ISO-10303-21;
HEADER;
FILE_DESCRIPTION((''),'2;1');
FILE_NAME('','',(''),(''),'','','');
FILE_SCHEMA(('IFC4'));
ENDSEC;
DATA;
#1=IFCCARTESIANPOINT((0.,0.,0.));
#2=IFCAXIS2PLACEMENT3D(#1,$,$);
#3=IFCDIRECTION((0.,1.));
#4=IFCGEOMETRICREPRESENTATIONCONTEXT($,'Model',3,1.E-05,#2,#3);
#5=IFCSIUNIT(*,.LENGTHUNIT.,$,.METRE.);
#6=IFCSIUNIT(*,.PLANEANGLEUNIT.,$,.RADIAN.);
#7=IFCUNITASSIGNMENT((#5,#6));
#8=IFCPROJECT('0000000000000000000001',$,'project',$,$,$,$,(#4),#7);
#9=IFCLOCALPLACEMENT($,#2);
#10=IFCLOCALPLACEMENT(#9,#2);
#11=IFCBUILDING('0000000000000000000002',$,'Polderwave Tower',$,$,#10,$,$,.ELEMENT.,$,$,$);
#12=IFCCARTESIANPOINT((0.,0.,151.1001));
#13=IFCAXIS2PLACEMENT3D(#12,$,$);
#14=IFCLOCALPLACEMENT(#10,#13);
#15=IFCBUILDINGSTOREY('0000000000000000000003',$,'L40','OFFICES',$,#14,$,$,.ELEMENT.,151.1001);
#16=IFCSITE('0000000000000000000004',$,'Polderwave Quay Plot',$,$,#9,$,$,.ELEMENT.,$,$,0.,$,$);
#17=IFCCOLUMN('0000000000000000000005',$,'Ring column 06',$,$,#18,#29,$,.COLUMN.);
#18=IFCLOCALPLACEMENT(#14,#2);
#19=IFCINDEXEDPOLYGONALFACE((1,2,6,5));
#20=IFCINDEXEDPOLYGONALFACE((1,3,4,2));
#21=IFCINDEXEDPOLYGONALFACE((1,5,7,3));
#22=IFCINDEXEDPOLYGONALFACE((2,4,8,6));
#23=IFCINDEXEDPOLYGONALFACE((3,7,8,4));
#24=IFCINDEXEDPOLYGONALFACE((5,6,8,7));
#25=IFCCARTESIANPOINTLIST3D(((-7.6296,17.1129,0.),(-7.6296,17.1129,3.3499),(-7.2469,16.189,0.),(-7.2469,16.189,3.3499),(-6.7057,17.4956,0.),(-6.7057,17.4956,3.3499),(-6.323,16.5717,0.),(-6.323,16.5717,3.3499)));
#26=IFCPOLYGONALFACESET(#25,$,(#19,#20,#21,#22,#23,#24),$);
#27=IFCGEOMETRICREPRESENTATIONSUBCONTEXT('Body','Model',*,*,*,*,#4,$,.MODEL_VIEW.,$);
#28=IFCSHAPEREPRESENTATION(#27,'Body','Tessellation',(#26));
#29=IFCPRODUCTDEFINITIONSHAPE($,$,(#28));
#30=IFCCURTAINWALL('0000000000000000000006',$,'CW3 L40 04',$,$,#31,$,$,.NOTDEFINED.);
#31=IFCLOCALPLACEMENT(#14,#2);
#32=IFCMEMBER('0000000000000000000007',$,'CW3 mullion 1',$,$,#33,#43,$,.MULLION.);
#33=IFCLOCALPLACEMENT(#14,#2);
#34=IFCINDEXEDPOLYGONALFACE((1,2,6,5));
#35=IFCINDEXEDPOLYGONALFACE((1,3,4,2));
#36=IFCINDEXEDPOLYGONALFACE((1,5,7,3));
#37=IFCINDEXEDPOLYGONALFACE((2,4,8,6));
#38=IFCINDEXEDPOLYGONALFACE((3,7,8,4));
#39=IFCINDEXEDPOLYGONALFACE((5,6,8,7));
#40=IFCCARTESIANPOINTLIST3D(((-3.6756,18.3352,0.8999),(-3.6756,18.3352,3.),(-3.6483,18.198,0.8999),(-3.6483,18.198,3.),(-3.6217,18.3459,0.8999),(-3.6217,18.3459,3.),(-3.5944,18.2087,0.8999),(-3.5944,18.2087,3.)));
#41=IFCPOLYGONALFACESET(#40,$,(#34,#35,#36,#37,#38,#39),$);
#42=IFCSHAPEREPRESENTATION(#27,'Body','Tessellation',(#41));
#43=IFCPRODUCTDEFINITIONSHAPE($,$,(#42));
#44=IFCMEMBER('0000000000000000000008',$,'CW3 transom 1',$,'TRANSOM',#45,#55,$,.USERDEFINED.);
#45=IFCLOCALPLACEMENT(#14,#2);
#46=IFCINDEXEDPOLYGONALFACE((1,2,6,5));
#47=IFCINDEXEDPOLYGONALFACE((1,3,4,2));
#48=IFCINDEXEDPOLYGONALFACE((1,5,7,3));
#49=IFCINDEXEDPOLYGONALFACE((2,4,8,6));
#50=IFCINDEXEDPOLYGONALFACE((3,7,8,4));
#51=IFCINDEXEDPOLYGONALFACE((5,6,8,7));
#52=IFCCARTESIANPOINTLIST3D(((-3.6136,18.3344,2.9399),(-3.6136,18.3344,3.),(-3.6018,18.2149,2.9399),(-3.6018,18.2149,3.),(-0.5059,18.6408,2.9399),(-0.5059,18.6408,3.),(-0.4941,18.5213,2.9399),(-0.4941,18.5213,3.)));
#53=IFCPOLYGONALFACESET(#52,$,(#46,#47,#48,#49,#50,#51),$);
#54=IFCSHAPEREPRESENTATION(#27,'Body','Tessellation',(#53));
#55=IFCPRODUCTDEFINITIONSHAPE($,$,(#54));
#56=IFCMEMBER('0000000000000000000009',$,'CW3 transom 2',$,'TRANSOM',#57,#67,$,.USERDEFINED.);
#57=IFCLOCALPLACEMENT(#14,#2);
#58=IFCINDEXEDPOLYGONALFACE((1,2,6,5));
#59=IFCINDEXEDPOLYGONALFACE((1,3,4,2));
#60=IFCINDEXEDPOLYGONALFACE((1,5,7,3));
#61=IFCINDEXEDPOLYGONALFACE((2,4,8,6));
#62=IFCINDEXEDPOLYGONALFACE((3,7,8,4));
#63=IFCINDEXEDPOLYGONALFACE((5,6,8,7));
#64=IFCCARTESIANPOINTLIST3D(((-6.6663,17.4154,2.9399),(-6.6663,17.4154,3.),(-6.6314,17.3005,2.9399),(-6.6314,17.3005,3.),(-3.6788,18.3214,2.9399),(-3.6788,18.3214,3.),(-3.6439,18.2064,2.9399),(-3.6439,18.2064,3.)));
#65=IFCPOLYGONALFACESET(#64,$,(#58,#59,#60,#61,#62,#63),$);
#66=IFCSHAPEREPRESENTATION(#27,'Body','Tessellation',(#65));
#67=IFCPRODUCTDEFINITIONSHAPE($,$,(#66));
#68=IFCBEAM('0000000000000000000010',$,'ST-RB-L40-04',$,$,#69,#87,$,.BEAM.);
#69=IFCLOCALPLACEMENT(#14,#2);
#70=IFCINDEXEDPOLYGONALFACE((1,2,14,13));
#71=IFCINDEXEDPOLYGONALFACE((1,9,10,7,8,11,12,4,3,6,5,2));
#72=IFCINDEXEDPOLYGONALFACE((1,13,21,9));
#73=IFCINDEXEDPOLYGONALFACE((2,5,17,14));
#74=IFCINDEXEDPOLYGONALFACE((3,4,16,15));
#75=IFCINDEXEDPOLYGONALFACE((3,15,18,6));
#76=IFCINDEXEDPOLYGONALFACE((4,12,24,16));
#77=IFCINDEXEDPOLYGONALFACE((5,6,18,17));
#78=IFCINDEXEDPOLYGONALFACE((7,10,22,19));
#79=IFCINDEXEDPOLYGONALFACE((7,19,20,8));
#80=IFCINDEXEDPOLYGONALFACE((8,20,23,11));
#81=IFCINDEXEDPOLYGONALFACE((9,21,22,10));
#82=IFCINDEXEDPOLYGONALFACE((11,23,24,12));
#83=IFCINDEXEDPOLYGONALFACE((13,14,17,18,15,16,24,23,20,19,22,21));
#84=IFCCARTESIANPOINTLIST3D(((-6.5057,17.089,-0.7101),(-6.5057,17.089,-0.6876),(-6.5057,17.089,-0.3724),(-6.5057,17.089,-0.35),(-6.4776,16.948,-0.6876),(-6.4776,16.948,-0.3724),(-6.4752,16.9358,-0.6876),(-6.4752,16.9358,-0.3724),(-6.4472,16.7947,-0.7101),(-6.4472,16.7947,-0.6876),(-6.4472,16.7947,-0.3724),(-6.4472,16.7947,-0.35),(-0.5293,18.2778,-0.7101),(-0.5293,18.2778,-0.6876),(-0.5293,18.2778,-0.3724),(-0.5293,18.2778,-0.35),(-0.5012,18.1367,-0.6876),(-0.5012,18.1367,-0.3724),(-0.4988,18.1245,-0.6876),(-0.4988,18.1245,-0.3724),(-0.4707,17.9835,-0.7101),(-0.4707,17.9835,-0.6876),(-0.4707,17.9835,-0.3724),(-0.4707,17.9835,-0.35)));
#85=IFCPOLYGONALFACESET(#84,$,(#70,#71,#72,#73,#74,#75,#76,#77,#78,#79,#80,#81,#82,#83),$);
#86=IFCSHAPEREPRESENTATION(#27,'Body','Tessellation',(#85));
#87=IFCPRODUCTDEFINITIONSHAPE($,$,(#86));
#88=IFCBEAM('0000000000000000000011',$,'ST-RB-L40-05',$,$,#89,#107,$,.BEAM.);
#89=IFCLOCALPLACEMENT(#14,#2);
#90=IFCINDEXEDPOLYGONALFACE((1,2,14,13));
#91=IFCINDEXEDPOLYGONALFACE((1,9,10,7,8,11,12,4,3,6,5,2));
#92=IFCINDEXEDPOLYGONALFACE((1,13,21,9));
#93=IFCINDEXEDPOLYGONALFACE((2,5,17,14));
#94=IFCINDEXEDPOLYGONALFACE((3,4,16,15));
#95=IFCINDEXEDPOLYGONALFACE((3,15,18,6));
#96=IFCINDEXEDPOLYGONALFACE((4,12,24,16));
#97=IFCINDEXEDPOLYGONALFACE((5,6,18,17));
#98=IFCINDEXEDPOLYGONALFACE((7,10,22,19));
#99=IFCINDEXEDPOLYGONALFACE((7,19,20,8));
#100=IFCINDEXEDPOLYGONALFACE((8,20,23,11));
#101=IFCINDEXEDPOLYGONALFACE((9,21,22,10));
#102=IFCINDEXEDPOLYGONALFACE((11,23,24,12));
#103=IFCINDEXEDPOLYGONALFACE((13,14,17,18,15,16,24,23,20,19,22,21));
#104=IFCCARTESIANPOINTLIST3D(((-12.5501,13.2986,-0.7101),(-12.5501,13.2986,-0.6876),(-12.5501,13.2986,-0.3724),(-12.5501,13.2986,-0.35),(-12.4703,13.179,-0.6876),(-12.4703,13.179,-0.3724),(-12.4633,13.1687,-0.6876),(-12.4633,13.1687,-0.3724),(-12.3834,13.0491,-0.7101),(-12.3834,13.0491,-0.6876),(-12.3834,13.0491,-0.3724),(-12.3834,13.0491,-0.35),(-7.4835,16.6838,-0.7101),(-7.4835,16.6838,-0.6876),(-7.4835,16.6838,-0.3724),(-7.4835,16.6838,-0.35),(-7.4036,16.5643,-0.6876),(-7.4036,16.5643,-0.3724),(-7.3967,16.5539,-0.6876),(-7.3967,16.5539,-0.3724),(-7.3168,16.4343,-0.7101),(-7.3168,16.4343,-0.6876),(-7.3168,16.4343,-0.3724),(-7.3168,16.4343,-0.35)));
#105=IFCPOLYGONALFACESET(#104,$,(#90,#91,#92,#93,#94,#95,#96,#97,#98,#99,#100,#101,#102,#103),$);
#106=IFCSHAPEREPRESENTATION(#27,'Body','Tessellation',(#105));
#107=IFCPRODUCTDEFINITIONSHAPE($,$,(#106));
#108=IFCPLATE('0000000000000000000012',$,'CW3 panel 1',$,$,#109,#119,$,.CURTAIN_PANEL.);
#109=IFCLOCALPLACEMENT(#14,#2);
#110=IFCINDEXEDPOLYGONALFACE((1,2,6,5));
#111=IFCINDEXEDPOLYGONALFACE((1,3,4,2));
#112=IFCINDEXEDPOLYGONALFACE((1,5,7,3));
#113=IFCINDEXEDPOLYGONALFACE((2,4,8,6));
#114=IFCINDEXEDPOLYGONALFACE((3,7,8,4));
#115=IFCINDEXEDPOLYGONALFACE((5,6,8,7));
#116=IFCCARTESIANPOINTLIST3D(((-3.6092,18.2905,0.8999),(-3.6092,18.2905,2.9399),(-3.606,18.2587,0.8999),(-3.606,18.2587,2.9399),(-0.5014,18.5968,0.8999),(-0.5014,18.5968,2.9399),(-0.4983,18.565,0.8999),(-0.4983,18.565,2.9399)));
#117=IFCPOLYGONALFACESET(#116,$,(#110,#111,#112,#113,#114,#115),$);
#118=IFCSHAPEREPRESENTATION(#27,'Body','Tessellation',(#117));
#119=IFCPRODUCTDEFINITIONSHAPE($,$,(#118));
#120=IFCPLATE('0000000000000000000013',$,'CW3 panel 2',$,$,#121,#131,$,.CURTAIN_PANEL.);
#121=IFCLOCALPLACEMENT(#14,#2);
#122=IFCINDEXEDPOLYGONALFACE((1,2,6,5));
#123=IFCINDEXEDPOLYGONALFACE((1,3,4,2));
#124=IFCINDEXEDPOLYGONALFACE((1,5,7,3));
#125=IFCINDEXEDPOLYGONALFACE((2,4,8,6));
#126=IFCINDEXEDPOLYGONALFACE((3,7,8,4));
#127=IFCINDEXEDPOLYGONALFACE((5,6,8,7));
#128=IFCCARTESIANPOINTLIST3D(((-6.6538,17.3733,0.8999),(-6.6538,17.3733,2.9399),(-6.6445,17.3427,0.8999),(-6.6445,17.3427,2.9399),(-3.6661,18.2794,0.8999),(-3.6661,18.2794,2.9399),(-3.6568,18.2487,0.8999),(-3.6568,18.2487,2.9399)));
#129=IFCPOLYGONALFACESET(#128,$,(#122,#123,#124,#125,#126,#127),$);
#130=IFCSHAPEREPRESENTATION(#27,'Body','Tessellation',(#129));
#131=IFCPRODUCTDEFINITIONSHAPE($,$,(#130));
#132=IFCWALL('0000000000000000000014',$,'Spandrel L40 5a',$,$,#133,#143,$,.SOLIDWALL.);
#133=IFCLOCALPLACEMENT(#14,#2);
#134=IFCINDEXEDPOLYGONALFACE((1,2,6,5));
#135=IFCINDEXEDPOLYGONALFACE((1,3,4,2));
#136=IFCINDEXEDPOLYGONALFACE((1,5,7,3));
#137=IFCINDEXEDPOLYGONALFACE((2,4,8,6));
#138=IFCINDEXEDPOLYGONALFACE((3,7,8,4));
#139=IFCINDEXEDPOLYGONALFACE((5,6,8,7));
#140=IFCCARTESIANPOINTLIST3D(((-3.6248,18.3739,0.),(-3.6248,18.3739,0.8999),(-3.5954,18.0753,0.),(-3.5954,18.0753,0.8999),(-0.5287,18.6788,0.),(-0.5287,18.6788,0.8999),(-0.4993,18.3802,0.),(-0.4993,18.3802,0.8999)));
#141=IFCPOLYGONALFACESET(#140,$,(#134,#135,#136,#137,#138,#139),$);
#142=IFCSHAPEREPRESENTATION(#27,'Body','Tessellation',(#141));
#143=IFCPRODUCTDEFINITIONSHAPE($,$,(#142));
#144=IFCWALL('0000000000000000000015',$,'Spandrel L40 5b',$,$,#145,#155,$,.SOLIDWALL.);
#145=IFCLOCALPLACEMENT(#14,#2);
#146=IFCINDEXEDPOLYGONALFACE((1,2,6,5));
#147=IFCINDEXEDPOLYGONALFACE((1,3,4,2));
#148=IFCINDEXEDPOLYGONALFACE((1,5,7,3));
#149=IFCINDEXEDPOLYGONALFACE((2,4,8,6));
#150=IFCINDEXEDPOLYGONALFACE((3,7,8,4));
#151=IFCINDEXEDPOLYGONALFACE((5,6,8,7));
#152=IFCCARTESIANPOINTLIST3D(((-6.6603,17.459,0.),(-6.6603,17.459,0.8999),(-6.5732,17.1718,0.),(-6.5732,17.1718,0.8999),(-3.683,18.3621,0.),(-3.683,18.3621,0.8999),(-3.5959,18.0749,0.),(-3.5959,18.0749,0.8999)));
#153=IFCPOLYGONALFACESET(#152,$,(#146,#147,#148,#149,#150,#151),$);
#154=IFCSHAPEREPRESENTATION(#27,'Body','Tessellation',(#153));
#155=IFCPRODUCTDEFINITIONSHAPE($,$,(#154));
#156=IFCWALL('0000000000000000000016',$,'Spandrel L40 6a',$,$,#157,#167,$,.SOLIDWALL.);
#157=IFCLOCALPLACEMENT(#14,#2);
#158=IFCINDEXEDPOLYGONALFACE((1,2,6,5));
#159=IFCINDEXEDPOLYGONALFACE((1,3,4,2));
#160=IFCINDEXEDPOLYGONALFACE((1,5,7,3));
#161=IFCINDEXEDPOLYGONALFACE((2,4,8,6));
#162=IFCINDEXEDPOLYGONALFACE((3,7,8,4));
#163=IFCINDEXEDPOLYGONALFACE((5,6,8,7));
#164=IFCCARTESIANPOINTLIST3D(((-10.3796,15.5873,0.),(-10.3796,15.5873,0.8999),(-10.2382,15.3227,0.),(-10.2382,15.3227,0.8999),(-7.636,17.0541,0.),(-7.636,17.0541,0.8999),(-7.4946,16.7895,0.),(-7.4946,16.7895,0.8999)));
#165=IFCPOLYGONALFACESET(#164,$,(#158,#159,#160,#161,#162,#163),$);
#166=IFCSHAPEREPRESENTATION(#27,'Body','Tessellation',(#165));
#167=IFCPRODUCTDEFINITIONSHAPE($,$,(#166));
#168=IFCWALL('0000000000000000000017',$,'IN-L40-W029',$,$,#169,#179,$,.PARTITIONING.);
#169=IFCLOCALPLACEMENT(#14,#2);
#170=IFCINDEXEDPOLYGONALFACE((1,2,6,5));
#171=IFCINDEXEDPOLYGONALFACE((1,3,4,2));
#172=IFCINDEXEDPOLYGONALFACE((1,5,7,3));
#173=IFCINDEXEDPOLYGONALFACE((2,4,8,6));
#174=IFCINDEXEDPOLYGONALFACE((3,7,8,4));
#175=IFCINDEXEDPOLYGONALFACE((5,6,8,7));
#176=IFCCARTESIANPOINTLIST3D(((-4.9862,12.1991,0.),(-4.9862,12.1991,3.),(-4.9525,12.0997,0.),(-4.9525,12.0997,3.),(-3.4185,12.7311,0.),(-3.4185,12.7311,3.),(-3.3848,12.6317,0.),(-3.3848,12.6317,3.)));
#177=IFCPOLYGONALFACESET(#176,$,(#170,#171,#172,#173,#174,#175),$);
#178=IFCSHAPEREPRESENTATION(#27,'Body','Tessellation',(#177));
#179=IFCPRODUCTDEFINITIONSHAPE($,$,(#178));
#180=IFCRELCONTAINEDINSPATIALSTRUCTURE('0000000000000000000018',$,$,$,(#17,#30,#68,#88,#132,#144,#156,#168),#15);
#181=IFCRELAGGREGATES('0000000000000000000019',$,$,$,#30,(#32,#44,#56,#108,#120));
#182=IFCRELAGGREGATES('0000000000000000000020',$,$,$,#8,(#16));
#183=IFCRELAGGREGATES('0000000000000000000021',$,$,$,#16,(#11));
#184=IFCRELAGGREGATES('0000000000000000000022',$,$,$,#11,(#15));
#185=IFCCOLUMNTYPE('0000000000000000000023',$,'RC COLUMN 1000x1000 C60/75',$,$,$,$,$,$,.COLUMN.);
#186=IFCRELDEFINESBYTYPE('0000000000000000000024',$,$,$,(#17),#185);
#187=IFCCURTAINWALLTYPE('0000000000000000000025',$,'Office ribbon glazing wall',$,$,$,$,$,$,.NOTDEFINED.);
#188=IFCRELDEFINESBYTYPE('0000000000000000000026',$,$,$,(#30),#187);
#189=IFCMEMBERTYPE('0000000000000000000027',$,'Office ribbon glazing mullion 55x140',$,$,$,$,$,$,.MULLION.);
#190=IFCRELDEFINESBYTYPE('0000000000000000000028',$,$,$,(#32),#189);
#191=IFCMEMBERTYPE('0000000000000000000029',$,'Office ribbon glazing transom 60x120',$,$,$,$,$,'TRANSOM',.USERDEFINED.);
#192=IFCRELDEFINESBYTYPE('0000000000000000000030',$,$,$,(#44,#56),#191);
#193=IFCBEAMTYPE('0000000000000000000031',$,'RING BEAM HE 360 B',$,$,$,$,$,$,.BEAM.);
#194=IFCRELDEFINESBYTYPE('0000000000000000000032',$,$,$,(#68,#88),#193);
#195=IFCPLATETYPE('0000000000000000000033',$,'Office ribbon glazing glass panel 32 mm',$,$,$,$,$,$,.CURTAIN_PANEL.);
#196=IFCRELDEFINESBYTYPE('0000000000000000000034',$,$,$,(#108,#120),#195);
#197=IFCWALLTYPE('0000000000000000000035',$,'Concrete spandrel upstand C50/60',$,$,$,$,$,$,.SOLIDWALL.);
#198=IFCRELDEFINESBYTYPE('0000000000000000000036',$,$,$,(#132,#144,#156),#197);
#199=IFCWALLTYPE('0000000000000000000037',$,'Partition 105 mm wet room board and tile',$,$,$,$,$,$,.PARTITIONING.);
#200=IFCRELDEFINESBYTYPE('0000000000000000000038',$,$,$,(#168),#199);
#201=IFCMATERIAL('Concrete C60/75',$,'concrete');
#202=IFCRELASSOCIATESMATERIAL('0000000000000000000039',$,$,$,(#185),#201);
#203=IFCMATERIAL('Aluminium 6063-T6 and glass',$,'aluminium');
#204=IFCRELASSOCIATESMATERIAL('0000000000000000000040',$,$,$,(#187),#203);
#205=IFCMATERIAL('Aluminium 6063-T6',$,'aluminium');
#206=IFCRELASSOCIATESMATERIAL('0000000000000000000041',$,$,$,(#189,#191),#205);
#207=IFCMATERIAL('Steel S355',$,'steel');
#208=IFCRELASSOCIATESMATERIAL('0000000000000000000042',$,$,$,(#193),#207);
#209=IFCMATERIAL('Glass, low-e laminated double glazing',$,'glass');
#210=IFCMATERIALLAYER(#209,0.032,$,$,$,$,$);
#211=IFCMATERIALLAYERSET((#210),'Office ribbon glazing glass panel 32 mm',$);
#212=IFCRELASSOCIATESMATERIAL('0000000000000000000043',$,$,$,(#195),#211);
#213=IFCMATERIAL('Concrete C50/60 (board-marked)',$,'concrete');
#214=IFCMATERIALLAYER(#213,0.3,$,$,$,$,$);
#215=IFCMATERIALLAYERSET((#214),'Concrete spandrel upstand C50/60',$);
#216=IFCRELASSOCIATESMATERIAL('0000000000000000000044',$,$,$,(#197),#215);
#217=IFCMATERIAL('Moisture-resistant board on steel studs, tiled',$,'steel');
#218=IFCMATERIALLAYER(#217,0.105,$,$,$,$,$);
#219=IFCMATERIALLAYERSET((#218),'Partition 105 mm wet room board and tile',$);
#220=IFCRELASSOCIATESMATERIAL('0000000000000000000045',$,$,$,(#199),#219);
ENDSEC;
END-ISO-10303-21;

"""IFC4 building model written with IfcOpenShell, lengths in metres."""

from ifc_helpers import new_model, si_unit, direction, frame, frame_2d, origin, origin_2d, place, context, subcontext, project, spatial, rectangle, i_section, extrude, material, layer, layer_set, material_profile, profile_set, type_object, element, aggregate, save


model = new_model("IFC4")

# Units and contexts
model_context = context("Model", 3, precision=1e-05, world=origin(), true_north=direction((0.0, 1.0)))
body_context = subcontext(model_context, "Body", "Model", "MODEL_VIEW")
ifc_project = project(units=[si_unit("LENGTHUNIT", "METRE"), si_unit("PLANEANGLEUNIT", "RADIAN")], contexts=[model_context])

# Site, building, storey
site_placement = place(None, origin())
site = spatial("IfcSite", under=ifc_project, at=site_placement, Name="Polderwave Quay Plot", CompositionType="ELEMENT", RefElevation=0.0)
building_placement = place(site_placement, origin())
building = spatial("IfcBuilding", under=site, at=building_placement, Name="Polderwave Tower", CompositionType="ELEMENT")
storey_placement = place(building_placement, frame((0.0, 0.0, 151.1001)))
storey = spatial("IfcBuildingStorey", under=building, at=storey_placement, Name="L40", Description="OFFICES", CompositionType="ELEMENT", Elevation=151.1001)

# Column
ifc_material_1 = material(Name="Concrete C60/75", Category="concrete")
ifc_material_profile_1 = material_profile(ifc_material_1, rectangle(XDim=1.0, YDim=1.0, at=origin_2d()), Name="RC 1000x1000")
ifc_profile_set_1 = profile_set([ifc_material_profile_1], Name="Concrete C60/75")
column_type = type_object("IfcColumnType", Name="RC COLUMN 1000x1000 C60/75", PredefinedType="COLUMN", material=ifc_profile_set_1)
column_placement = place(storey_placement, frame((-6.9763, 16.8423, 0.0), z_axis=(0.0, 0.0, 1.0), x_axis=(-0.382683, 0.92388, 0.0)))
element("IfcColumn", 1, at=column_placement, inside=storey, type_object=column_type, Name="Ring column 06", PredefinedType="COLUMN", context=body_context, shape_type="SweptSolid", body=[
    extrude(rectangle(XDim=1.0, YDim=1.0, at=origin_2d()), origin(), (0.0, 0.0, 1.0), 3.3499),
])

# Curtain wall, members
ifc_material_2 = material(Name="Aluminium 6063-T6 and glass", Category="aluminium")
curtain_wall_type = type_object("IfcCurtainWallType", Name="Office ribbon glazing wall", PredefinedType="NOTDEFINED", material=ifc_material_2)
curtain_wall_placement = place(storey_placement, origin())
curtain_wall = element("IfcCurtainWall", 2, at=curtain_wall_placement, inside=storey, type_object=curtain_wall_type, Name="CW3 L40 04", PredefinedType="NOTDEFINED")
ifc_material_3 = material(Name="Aluminium 6063-T6", Category="aluminium")
ifc_material_profile_2 = material_profile(ifc_material_3, rectangle(XDim=0.1399, YDim=0.0549, at=origin_2d()), Name="AL 55x140")
ifc_profile_set_2 = profile_set([ifc_material_profile_2], Name="Aluminium 6063-T6")
member_type_1 = type_object("IfcMemberType", Name="Office ribbon glazing mullion 55x140", PredefinedType="MULLION", material=ifc_profile_set_2)
member_1_placement = place(storey_placement, frame((-3.635, 18.272, 0.8999), z_axis=(0.0, 0.0, 1.0), x_axis=(0.195083, -0.980787, 0.0)))
member_1 = element("IfcMember", 3, at=member_1_placement, type_object=member_type_1, Name="CW3 mullion 1", PredefinedType="MULLION", context=body_context, shape_type="SweptSolid", body=[
    extrude(rectangle(XDim=0.1399, YDim=0.0549, at=origin_2d()), origin(), (0.0, 0.0, 1.0), 2.1001),
])
ifc_material_profile_3 = material_profile(ifc_material_3, rectangle(XDim=0.1201, YDim=0.0601, at=origin_2d()), Name="AL 60x120")
ifc_profile_set_3 = profile_set([ifc_material_profile_3], Name="Aluminium 6063-T6")
member_type_2 = type_object("IfcMemberType", Name="Office ribbon glazing transom 60x120", ElementType="TRANSOM", PredefinedType="USERDEFINED", material=ifc_profile_set_3)
member_2_placement = place(storey_placement, frame((-0.5, 18.5811, 2.97), z_axis=(-0.995175, -0.098118, 0.0), x_axis=(0.098118, -0.995175, 0.0)))
member_2 = element("IfcMember", 4, at=member_2_placement, type_object=member_type_2, Name="CW3 transom 1", ObjectType="TRANSOM", PredefinedType="USERDEFINED", context=body_context, shape_type="SweptSolid", body=[
    extrude(rectangle(XDim=0.1201, YDim=0.0601, at=origin_2d()), origin(), (0.0, 0.0, 1.0), 3.1228),
])
member_3_placement = place(storey_placement, frame((-3.6614, 18.2639, 2.97), z_axis=(-0.956963, -0.290209, 0.0), x_axis=(0.290209, -0.956963, 0.0)))
member_3 = element("IfcMember", 5, at=member_3_placement, type_object=member_type_2, Name="CW3 transom 2", ObjectType="TRANSOM", PredefinedType="USERDEFINED", context=body_context, shape_type="SweptSolid", body=[
    extrude(rectangle(XDim=0.1201, YDim=0.0601, at=origin_2d()), origin(), (0.0, 0.0, 1.0), 3.1218),
])

# Beams
ifc_material_4 = material(Name="Steel S355", Category="steel")
ifc_material_profile_4 = material_profile(ifc_material_4, i_section(OverallWidth=0.3, OverallDepth=0.3601, WebThickness=0.0125, FlangeThickness=0.0225, at=origin_2d()), Name="HE 360 B")
ifc_profile_set_4 = profile_set([ifc_material_profile_4], Name="Steel S355")
beam_type = type_object("IfcBeamType", Name="RING BEAM HE 360 B", PredefinedType="BEAM", material=ifc_profile_set_4)
for number, where, z_axis, x_axis, name in (
    (6, (-0.5, 18.1306, -0.53), (-0.980787, -0.195084, 0.0), (0.195084, -0.980787, 0.0), "ST-RB-L40-04"),
    (7, (-7.4001, 16.5591, -0.53), (-0.831483, -0.555551, 0.0), (0.555551, -0.831483, 0.0), "ST-RB-L40-05"),
):
    element("IfcBeam", number, at=place(storey_placement, frame(where, z_axis=z_axis, x_axis=x_axis)), inside=storey, type_object=beam_type, Name=name, PredefinedType="BEAM", context=body_context, shape_type="SweptSolid", body=[
        extrude(i_section(OverallWidth=0.3, OverallDepth=0.3601, WebThickness=0.0125, FlangeThickness=0.0225, at=origin_2d()), origin(), (0.0, 0.0, 1.0), 6.0935),
    ])

# Plates
ifc_material_5 = material(Name="Glass, low-e laminated double glazing", Category="glass")
ifc_layer_1 = layer(ifc_material_5, 0.032)
ifc_layer_set_1 = layer_set([ifc_layer_1], Name="Office ribbon glazing glass panel 32 mm")
plate_type = type_object("IfcPlateType", Name="Office ribbon glazing glass panel 32 mm", PredefinedType="CURTAIN_PANEL", material=ifc_layer_set_1)
plate_1_placement = place(storey_placement, frame((-2.0537, 18.4277, 0.8999), z_axis=(0.0, 0.0, 1.0), x_axis=(-0.995178, -0.09809, 0.0)))
plate_1 = element("IfcPlate", 8, at=plate_1_placement, type_object=plate_type, Name="CW3 panel 1", PredefinedType="CURTAIN_PANEL", context=body_context, shape_type="SweptSolid", body=[
    extrude(rectangle(XDim=3.1228, YDim=0.032, at=origin_2d()), origin(), (0.0, 0.0, 1.0), 2.04),
])
plate_2_placement = place(storey_placement, frame((-5.1553, 17.811, 0.8999), z_axis=(0.0, 0.0, 1.0), x_axis=(-0.956966, -0.290201, 0.0)))
plate_2 = element("IfcPlate", 9, at=plate_2_placement, type_object=plate_type, Name="CW3 panel 2", PredefinedType="CURTAIN_PANEL", context=body_context, shape_type="SweptSolid", body=[
    extrude(rectangle(XDim=3.1221, YDim=0.032, at=origin_2d()), origin(), (0.0, 0.0, 1.0), 2.04),
])
aggregate(curtain_wall, [member_1, member_2, member_3, plate_1, plate_2])

# Walls
ifc_material_6 = material(Name="Concrete C50/60 (board-marked)", Category="concrete")
ifc_layer_2 = layer(ifc_material_6, 0.3)
ifc_layer_set_2 = layer_set([ifc_layer_2], Name="Concrete spandrel upstand C50/60")
wall_type_1 = type_object("IfcWallType", Name="Concrete spandrel upstand C50/60", PredefinedType="SOLIDWALL", material=ifc_layer_set_2)
wall_1_placement = place(storey_placement, frame((-0.5139, 18.5295, 0.0), z_axis=(0.0, 0.0, 1.0), x_axis=(-0.995185, -0.098012, 0.0)))
element("IfcWall", 10, at=wall_1_placement, inside=storey, type_object=wall_type_1, Name="Spandrel L40 5a", PredefinedType="SOLIDWALL", context=body_context, shape_type="SweptSolid", body=[
    extrude(rectangle(XDim=3.1111, YDim=0.3, at=frame_2d((1.5557, 0.0))), origin(), (0.0, 0.0, 1.0), 0.8999),
])
wall_2_placement = place(storey_placement, frame((-3.6394, 18.2185, 0.0), z_axis=(0.0, 0.0, 1.0), x_axis=(-0.956947, -0.290262, 0.0)))
element("IfcWall", 11, at=wall_2_placement, inside=storey, type_object=wall_type_1, Name="Spandrel L40 5b", PredefinedType="SOLIDWALL", context=body_context, shape_type="SweptSolid", body=[
    extrude(rectangle(XDim=3.1113, YDim=0.3, at=frame_2d((1.5557, 0.0))), origin(), (0.0, 0.0, 1.0), 0.8999),
])
wall_3_placement = place(storey_placement, frame((-7.5652, 16.9219, 0.0), z_axis=(0.0, 0.0, 1.0), x_axis=(-0.881883, -0.471468, 0.0)))
element("IfcWall", 12, at=wall_3_placement, inside=storey, type_object=wall_type_1, Name="Spandrel L40 6a", PredefinedType="SOLIDWALL", context=body_context, shape_type="SweptSolid", body=[
    extrude(rectangle(XDim=3.1111, YDim=0.3, at=frame_2d((1.5557, 0.0))), origin(), (0.0, 0.0, 1.0), 0.8999),
])
ifc_material_7 = material(Name="Moisture-resistant board on steel studs, tiled", Category="steel")
ifc_layer_3 = layer(ifc_material_7, 0.105)
ifc_layer_set_3 = layer_set([ifc_layer_3], Name="Partition 105 mm wet room board and tile")
wall_type_2 = type_object("IfcWallType", Name="Partition 105 mm wet room board and tile", PredefinedType="PARTITIONING", material=ifc_layer_set_3)
wall_4_placement = place(storey_placement, frame((-4.9692, 12.1494, 0.0), z_axis=(0.0, 0.0, 1.0), x_axis=(0.946959, 0.321355, 0.0)))
element("IfcWall", 13, at=wall_4_placement, inside=storey, type_object=wall_type_2, Name="IN-L40-W029", PredefinedType="PARTITIONING", context=body_context, shape_type="SweptSolid", body=[
    extrude(rectangle(XDim=1.6555, YDim=0.105, at=frame_2d((0.8276, 0.0))), origin(), (0.0, 0.0, 1.0), 3.0),
])

save(model, "model.ifc")
